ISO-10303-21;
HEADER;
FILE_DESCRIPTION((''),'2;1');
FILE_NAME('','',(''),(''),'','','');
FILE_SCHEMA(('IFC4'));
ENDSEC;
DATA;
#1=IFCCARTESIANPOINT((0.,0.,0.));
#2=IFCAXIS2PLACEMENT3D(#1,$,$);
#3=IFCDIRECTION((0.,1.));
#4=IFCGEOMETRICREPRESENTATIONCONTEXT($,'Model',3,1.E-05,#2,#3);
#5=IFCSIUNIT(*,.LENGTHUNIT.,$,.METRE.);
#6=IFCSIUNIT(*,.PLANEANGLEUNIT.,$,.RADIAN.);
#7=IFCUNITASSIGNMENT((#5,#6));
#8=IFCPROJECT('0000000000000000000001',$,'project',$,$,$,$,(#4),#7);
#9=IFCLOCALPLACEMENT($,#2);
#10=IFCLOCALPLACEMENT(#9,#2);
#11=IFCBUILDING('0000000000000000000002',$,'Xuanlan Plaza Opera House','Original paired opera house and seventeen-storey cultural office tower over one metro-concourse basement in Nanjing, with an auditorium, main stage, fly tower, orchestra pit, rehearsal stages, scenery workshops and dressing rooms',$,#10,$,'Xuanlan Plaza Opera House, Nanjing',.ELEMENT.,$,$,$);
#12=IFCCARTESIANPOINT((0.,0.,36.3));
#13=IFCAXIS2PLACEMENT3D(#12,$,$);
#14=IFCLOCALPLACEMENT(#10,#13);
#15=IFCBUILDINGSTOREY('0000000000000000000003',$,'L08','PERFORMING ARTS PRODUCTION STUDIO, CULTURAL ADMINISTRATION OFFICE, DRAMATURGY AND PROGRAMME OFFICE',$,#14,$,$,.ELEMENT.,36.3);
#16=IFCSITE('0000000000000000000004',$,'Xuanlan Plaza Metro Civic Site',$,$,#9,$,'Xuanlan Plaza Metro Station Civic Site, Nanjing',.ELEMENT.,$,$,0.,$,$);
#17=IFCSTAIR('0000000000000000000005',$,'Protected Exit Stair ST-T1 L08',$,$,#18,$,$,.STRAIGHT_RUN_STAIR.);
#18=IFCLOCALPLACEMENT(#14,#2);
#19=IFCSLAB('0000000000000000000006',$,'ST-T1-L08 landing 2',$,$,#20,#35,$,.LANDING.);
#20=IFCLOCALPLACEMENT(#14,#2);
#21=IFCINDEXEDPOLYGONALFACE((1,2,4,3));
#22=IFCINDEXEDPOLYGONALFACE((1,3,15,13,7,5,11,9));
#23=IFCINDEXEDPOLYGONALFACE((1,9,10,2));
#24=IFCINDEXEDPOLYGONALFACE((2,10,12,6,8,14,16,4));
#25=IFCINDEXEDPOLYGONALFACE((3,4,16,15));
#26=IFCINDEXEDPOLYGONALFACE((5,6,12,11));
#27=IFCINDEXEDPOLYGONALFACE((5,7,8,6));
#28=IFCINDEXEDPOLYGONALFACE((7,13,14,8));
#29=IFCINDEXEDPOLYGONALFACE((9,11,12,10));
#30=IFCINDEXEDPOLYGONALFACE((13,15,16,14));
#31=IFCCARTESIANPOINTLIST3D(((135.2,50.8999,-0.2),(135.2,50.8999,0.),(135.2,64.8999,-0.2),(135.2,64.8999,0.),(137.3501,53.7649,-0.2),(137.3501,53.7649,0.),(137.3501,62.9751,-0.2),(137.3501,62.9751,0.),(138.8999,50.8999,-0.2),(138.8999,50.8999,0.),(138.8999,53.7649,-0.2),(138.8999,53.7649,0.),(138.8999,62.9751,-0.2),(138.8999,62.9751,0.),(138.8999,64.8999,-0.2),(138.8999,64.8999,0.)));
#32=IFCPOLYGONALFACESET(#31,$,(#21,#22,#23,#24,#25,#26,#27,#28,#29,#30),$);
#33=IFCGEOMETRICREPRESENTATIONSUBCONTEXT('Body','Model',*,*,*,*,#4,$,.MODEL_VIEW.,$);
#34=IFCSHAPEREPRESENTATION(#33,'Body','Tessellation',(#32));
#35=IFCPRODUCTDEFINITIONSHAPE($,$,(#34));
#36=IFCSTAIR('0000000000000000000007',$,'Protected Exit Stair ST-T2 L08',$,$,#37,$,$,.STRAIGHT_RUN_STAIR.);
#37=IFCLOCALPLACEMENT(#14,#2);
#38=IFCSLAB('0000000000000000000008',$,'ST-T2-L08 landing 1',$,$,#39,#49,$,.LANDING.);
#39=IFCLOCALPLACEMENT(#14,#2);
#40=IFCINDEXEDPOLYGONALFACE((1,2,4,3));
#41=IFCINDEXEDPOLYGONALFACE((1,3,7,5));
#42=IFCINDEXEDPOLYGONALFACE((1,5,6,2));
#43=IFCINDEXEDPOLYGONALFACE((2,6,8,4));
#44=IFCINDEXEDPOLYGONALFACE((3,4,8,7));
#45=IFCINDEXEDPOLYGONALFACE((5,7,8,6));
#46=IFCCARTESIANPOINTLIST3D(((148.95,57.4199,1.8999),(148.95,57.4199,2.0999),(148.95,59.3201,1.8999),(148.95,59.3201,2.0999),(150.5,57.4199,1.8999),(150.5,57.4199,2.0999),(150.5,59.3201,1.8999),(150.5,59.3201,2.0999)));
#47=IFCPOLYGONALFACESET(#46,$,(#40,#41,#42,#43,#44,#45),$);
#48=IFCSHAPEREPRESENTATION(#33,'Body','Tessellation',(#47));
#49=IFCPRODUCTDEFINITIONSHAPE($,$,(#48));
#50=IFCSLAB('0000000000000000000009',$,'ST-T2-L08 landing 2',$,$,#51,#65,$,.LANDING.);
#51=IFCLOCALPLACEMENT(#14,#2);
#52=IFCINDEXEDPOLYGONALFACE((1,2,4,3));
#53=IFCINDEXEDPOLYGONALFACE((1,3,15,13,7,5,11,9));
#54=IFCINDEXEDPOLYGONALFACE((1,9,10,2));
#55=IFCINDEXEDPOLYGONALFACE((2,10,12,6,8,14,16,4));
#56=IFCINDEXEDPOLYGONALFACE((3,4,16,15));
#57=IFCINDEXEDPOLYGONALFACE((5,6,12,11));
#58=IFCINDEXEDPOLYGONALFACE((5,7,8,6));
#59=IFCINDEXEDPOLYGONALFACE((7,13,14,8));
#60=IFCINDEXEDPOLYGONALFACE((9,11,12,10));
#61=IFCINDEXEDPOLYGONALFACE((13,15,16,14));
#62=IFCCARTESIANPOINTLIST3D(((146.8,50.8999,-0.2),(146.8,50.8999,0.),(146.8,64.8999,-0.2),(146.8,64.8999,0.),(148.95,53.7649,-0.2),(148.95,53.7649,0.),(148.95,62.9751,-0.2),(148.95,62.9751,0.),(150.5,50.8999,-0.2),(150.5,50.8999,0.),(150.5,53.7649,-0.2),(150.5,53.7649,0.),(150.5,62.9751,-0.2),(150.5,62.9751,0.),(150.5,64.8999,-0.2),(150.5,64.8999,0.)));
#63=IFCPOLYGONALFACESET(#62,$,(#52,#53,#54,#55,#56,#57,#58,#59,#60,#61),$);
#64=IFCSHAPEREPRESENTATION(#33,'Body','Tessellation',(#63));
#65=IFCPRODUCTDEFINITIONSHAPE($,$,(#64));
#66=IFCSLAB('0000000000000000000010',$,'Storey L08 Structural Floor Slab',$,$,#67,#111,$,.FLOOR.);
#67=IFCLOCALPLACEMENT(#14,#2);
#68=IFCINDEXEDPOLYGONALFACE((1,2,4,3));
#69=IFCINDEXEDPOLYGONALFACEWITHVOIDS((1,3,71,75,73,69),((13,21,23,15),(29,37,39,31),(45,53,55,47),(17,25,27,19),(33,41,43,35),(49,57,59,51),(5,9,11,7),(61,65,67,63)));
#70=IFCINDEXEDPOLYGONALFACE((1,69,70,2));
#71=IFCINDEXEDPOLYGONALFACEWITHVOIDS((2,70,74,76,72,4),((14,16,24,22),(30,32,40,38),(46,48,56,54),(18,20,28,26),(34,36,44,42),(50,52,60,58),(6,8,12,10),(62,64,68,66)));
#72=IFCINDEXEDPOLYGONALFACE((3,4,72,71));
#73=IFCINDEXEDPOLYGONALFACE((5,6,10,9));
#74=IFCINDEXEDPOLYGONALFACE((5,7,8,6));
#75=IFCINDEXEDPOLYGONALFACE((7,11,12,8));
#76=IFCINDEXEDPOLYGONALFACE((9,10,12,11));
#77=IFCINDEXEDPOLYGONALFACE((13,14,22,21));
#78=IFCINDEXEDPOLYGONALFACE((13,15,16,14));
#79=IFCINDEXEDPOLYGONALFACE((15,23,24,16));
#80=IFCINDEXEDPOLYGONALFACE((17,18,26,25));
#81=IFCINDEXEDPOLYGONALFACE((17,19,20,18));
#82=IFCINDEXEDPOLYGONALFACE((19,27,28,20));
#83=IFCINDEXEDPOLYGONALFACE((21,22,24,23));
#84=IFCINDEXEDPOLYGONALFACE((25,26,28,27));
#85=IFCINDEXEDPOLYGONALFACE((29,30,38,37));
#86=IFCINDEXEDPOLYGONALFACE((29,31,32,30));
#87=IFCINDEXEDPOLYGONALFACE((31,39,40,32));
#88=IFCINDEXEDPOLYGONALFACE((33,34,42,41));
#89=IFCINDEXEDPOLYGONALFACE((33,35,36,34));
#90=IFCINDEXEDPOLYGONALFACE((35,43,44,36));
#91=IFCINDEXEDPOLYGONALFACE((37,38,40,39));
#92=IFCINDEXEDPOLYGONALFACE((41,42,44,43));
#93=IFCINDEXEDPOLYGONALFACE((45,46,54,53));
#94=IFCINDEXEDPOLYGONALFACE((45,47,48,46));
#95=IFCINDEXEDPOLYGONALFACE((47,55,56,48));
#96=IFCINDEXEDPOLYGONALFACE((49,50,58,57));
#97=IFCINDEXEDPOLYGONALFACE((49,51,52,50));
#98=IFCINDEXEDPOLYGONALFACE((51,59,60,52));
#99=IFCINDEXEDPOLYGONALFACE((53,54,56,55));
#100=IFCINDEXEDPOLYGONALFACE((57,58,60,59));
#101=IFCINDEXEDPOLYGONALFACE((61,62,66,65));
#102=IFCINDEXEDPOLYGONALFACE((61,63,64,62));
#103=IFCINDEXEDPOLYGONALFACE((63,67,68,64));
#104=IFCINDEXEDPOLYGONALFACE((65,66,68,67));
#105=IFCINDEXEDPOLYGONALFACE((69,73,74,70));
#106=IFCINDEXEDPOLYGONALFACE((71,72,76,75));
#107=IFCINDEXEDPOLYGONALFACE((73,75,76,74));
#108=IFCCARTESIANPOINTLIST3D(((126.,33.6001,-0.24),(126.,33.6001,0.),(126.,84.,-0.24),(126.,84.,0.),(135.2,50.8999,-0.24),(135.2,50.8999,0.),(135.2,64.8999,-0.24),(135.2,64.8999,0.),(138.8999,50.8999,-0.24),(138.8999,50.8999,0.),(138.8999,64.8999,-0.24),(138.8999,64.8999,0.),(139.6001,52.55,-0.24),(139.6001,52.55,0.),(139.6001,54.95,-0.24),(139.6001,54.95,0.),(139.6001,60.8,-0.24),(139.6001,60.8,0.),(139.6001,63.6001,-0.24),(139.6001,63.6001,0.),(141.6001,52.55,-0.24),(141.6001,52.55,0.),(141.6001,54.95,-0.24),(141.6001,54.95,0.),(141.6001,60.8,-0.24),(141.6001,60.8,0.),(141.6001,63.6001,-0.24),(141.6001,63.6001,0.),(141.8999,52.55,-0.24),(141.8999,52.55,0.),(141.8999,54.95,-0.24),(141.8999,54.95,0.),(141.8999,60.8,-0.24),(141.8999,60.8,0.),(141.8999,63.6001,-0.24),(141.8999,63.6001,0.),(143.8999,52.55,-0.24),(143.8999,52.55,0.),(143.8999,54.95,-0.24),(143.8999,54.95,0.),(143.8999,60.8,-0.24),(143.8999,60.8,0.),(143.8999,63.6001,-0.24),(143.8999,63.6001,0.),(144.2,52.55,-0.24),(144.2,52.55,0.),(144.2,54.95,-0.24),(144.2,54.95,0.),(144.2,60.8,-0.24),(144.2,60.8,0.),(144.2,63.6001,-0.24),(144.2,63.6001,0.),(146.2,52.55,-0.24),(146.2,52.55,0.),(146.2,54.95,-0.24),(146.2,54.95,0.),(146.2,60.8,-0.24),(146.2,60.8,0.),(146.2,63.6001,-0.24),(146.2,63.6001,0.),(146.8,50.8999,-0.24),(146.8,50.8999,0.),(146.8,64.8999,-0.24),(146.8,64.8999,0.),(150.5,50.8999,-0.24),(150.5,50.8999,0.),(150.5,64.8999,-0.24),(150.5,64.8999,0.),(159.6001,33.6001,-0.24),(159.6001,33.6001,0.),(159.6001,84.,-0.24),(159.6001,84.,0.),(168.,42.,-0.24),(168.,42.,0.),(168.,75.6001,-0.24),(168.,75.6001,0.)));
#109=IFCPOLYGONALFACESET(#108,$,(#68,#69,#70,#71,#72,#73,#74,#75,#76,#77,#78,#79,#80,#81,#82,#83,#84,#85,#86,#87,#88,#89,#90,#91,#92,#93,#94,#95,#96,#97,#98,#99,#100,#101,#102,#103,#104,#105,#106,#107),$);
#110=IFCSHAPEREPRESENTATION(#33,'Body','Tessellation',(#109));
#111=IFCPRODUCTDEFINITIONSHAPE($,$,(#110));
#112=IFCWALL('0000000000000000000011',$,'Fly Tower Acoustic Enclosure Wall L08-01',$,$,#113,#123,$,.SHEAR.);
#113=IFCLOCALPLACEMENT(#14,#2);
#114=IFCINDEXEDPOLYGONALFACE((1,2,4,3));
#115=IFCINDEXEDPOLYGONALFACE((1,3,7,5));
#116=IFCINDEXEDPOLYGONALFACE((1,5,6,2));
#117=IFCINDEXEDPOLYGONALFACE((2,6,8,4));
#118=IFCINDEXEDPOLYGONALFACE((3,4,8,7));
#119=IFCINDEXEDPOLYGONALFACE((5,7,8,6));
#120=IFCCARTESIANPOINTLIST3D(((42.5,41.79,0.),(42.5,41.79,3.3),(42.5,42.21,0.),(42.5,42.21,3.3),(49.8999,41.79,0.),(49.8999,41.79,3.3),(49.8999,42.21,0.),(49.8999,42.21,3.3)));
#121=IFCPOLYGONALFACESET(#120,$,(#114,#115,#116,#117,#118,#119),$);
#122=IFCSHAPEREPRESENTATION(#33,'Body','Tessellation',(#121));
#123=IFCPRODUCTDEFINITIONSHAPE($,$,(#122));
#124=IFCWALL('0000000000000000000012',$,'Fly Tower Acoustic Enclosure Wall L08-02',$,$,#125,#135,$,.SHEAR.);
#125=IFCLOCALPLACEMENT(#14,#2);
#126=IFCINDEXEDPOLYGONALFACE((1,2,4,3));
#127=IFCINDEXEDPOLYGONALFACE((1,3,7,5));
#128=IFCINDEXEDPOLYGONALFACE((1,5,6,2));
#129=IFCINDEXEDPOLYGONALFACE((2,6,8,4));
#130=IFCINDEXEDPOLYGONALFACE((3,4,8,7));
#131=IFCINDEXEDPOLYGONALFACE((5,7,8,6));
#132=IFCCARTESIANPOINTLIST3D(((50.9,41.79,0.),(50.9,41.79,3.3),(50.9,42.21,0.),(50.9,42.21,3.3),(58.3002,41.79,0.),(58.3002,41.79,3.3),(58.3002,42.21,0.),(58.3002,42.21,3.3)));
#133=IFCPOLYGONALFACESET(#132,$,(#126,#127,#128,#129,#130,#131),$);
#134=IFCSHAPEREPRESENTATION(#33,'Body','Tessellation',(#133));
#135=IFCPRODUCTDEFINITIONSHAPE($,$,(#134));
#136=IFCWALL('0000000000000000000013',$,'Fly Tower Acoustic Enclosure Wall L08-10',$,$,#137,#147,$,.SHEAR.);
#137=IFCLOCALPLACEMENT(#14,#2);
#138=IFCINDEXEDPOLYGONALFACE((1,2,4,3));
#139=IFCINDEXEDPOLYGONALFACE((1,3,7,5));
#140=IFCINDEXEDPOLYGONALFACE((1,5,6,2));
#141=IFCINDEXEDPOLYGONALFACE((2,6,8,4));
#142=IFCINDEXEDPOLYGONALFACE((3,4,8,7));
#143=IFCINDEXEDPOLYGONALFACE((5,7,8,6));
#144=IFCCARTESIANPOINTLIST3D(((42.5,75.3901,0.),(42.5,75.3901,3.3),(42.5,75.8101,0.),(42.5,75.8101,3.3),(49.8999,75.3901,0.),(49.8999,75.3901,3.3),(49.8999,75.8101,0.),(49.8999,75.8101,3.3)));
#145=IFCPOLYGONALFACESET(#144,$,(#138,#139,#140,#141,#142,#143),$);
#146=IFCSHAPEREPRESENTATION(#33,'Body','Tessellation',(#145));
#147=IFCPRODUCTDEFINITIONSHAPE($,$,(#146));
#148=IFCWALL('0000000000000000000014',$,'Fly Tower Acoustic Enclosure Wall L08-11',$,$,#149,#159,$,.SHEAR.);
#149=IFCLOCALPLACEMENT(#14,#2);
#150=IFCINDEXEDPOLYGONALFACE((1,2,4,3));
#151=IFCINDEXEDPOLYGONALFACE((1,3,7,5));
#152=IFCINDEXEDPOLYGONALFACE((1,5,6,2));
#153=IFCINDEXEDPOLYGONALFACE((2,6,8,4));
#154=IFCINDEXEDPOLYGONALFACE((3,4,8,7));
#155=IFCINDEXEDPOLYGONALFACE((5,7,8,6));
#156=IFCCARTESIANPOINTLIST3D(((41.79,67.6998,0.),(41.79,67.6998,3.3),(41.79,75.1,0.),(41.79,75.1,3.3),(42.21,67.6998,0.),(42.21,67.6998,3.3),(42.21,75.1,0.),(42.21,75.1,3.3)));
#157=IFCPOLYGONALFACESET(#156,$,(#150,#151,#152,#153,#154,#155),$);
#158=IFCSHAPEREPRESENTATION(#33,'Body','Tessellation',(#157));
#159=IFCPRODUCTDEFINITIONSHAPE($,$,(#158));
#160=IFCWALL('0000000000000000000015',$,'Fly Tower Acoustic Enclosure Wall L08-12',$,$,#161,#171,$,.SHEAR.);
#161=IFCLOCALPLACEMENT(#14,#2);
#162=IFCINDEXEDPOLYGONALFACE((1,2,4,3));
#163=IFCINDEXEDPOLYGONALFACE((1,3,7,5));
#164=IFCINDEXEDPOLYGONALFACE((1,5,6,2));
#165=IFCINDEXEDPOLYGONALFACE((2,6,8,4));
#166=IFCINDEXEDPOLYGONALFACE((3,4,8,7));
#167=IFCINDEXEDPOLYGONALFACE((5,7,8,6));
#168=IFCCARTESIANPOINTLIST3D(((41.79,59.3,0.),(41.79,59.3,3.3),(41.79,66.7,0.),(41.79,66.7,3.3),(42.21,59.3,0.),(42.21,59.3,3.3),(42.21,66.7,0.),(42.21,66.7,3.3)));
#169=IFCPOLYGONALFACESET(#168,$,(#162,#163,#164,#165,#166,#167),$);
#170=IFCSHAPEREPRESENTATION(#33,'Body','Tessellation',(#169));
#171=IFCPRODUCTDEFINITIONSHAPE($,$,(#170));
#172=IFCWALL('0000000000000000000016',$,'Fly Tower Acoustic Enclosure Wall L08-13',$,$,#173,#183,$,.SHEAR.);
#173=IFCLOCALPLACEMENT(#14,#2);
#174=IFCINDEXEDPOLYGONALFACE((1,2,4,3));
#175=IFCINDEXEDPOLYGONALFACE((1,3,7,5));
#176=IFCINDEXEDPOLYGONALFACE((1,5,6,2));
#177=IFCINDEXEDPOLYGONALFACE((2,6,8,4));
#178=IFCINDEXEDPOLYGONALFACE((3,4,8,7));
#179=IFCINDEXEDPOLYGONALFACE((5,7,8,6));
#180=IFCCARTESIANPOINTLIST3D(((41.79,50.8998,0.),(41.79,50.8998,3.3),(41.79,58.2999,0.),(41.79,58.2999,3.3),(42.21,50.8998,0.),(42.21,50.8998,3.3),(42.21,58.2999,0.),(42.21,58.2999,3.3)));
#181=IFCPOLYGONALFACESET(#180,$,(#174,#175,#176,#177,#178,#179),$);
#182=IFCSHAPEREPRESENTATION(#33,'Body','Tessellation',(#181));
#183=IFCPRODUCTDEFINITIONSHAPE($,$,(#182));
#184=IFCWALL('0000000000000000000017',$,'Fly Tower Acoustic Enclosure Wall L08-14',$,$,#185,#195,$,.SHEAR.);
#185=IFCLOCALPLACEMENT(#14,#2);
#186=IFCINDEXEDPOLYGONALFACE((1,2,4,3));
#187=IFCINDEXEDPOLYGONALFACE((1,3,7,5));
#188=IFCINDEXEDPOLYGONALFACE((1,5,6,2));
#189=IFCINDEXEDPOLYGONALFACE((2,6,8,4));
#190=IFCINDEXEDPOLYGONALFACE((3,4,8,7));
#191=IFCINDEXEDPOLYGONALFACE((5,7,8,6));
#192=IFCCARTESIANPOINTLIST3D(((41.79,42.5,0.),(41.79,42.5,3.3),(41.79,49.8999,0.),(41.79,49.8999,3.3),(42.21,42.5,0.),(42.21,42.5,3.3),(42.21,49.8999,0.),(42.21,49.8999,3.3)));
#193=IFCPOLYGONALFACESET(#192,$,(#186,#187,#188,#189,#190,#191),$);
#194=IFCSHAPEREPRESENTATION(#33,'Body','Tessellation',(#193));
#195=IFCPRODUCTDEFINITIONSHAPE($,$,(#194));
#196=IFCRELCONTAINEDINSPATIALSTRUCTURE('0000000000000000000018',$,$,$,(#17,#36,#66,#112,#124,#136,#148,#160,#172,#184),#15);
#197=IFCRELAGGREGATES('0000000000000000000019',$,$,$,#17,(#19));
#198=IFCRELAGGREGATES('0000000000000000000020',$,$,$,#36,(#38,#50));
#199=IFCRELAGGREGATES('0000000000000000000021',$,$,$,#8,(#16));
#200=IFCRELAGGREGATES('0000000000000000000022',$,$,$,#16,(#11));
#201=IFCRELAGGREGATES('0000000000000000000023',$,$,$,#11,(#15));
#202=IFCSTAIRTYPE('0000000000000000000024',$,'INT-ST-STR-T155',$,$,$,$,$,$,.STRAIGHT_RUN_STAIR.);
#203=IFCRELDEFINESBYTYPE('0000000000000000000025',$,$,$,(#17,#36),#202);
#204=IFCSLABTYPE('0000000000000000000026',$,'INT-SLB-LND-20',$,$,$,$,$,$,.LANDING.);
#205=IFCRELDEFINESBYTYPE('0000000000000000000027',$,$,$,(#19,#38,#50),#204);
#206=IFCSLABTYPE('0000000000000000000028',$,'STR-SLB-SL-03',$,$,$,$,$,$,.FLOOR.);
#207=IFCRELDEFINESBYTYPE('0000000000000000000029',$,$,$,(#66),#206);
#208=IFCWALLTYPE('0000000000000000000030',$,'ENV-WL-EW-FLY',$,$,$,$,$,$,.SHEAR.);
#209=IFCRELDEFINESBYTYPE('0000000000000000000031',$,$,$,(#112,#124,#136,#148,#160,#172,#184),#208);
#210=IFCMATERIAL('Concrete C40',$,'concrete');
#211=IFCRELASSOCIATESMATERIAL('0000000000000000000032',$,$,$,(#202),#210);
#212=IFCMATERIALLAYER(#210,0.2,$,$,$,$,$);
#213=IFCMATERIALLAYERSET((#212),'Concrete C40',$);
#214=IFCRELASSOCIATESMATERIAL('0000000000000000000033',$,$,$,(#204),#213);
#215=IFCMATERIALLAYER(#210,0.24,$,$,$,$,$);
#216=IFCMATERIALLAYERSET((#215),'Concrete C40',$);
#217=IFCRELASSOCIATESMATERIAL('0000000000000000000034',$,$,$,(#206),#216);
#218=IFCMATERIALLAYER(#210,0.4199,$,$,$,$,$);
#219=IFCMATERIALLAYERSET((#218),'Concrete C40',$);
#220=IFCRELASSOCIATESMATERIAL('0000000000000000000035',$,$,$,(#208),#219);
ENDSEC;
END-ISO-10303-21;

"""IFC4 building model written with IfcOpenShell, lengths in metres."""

from ifc_helpers import new_model, si_unit, direction, frame, frame_2d, origin, place, context, subcontext, project, spatial, polyline, rectangle, outline, extrude, material, layer, layer_set, type_object, element, aggregate, save


model = new_model("IFC4")

# Units and contexts
model_context = context("Model", 3, precision=1e-05, world=origin(), true_north=direction((0.0, 1.0)))
body_context = subcontext(model_context, "Body", "Model", "MODEL_VIEW")
ifc_project = project(units=[si_unit("LENGTHUNIT", "METRE"), si_unit("PLANEANGLEUNIT", "RADIAN")], contexts=[model_context])

# Site, building, storey
site_placement = place(None, origin())
site = spatial("IfcSite", under=ifc_project, at=site_placement, Name="Xuanlan Plaza Metro Civic Site", LongName="Xuanlan Plaza Metro Station Civic Site, Nanjing", CompositionType="ELEMENT", RefElevation=0.0)
building_placement = place(site_placement, origin())
building = spatial("IfcBuilding", under=site, at=building_placement, Name="Xuanlan Plaza Opera House", Description="Original paired opera house and seventeen-storey cultural office tower over one metro-concourse basement in Nanjing, with an auditorium, main stage, fly tower, orchestra pit, rehearsal stages, scenery workshops and dressing rooms", LongName="Xuanlan Plaza Opera House, Nanjing", CompositionType="ELEMENT")
storey_placement = place(building_placement, frame((0.0, 0.0, 36.3)))
storey = spatial("IfcBuildingStorey", under=building, at=storey_placement, Name="L08", Description="PERFORMING ARTS PRODUCTION STUDIO, CULTURAL ADMINISTRATION OFFICE, DRAMATURGY AND PROGRAMME OFFICE", CompositionType="ELEMENT", Elevation=36.3)

# Shared definitions
ifc_material_1 = material(Name="Concrete C40", Category="concrete")

# Stairs, slabs
stair_type = type_object("IfcStairType", Name="INT-ST-STR-T155", PredefinedType="STRAIGHT_RUN_STAIR", material=ifc_material_1)
stair_1_placement = place(storey_placement, origin())
stair_1 = element("IfcStair", 1, at=stair_1_placement, inside=storey, type_object=stair_type, Name="Protected Exit Stair ST-T1 L08", PredefinedType="STRAIGHT_RUN_STAIR")
ifc_layer_1 = layer(ifc_material_1, 0.2)
ifc_layer_set_1 = layer_set([ifc_layer_1], Name="Concrete C40")
slab_type_1 = type_object("IfcSlabType", Name="INT-SLB-LND-20", PredefinedType="LANDING", material=ifc_layer_set_1)
slab_1_placement = place(storey_placement, frame((0.0, 0.0, -0.2)))
slab_1 = element("IfcSlab", 2, at=slab_1_placement, type_object=slab_type_1, Name="ST-T1-L08 landing 2", PredefinedType="LANDING", context=body_context, shape_type="SweptSolid", body=[
    extrude(outline(polyline([(135.2, 50.8999), (138.8999, 50.8999), (138.8999, 53.7649), (137.3501, 53.7649), (137.3501, 62.9751), (138.8999, 62.9751), (138.8999, 64.8999), (135.2, 64.8999), (135.2, 50.8999)])), origin(), (0.0, 0.0, 1.0), 0.2),
])
aggregate(stair_1, [slab_1])
stair_2_placement = place(storey_placement, origin())
stair_2 = element("IfcStair", 3, at=stair_2_placement, inside=storey, type_object=stair_type, Name="Protected Exit Stair ST-T2 L08", PredefinedType="STRAIGHT_RUN_STAIR")
slab_2_placement = place(storey_placement, frame((0.0, 0.0, 1.8999)))
slab_2 = element("IfcSlab", 4, at=slab_2_placement, type_object=slab_type_1, Name="ST-T2-L08 landing 1", PredefinedType="LANDING", context=body_context, shape_type="SweptSolid", body=[
    extrude(outline(polyline([(148.95, 57.4199), (150.5, 57.4199), (150.5, 59.3201), (148.95, 59.3201), (148.95, 57.4199)])), origin(), (0.0, 0.0, 1.0), 0.2),
])
slab_3_placement = place(storey_placement, frame((0.0, 0.0, -0.2)))
slab_3 = element("IfcSlab", 5, at=slab_3_placement, type_object=slab_type_1, Name="ST-T2-L08 landing 2", PredefinedType="LANDING", context=body_context, shape_type="SweptSolid", body=[
    extrude(outline(polyline([(146.8, 50.8999), (150.5, 50.8999), (150.5, 53.7649), (148.95, 53.7649), (148.95, 62.9751), (150.5, 62.9751), (150.5, 64.8999), (146.8, 64.8999), (146.8, 50.8999)])), origin(), (0.0, 0.0, 1.0), 0.2),
])
aggregate(stair_2, [slab_2, slab_3])

# Slab
ifc_layer_2 = layer(ifc_material_1, 0.24)
ifc_layer_set_2 = layer_set([ifc_layer_2], Name="Concrete C40")
slab_type_2 = type_object("IfcSlabType", Name="STR-SLB-SL-03", PredefinedType="FLOOR", material=ifc_layer_set_2)
slab_4_placement = place(storey_placement, frame((0.0, 0.0, -0.24)))
element("IfcSlab", 6, at=slab_4_placement, inside=storey, type_object=slab_type_2, Name="Storey L08 Structural Floor Slab", PredefinedType="FLOOR", context=body_context, shape_type="SweptSolid", body=[
    extrude(outline(polyline([(126.0, 33.6001), (159.6001, 33.6001), (168.0, 42.0), (168.0, 75.6001), (159.6001, 84.0), (126.0, 84.0), (126.0, 33.6001)]), holes=[polyline([(135.2, 50.8999), (138.8999, 50.8999), (138.8999, 64.8999), (135.2, 64.8999), (135.2, 50.8999)]), polyline([(146.8, 50.8999), (150.5, 50.8999), (150.5, 64.8999), (146.8, 64.8999), (146.8, 50.8999)]), polyline([(139.6001, 60.8), (141.6001, 60.8), (141.6001, 63.6001), (139.6001, 63.6001), (139.6001, 60.8)]), polyline([(141.8999, 60.8), (143.8999, 60.8), (143.8999, 63.6001), (141.8999, 63.6001), (141.8999, 60.8)]), polyline([(144.2, 60.8), (146.2, 60.8), (146.2, 63.6001), (144.2, 63.6001), (144.2, 60.8)]), polyline([(139.6001, 52.55), (141.6001, 52.55), (141.6001, 54.95), (139.6001, 54.95), (139.6001, 52.55)]), polyline([(141.8999, 52.55), (143.8999, 52.55), (143.8999, 54.95), (141.8999, 54.95), (141.8999, 52.55)]), polyline([(144.2, 52.55), (146.2, 52.55), (146.2, 54.95), (144.2, 54.95), (144.2, 52.55)])]), origin(), (0.0, 0.0, 1.0), 0.24),
])

# Walls
ifc_layer_3 = layer(ifc_material_1, 0.4199)
ifc_layer_set_3 = layer_set([ifc_layer_3], Name="Concrete C40")
wall_type = type_object("IfcWallType", Name="ENV-WL-EW-FLY", PredefinedType="SHEAR", material=ifc_layer_set_3)
wall_1_placement = place(storey_placement, frame((42.5, 42.0, 0.0), z_axis=(0.0, 0.0, 1.0), x_axis=(1.0, 0.0, 0.0)))
element("IfcWall", 7, at=wall_1_placement, inside=storey, type_object=wall_type, Name="Fly Tower Acoustic Enclosure Wall L08-01", PredefinedType="SHEAR", context=body_context, shape_type="SweptSolid", body=[
    extrude(rectangle(XDim=7.3999, YDim=0.4199, at=frame_2d((3.7, 0.0))), origin(), (0.0, 0.0, 1.0), 3.3),
])
wall_2_placement = place(storey_placement, frame((50.8999, 42.0, 0.0), z_axis=(0.0, 0.0, 1.0), x_axis=(1.0, 0.0, 0.0)))
element("IfcWall", 8, at=wall_2_placement, inside=storey, type_object=wall_type, Name="Fly Tower Acoustic Enclosure Wall L08-02", PredefinedType="SHEAR", context=body_context, shape_type="SweptSolid", body=[
    extrude(rectangle(XDim=7.4001, YDim=0.4199, at=frame_2d((3.7002, 0.0))), origin(), (0.0, 0.0, 1.0), 3.3),
])
wall_3_placement = place(storey_placement, frame((49.8999, 75.6001, 0.0), z_axis=(0.0, 0.0, 1.0), x_axis=(-1.0, 0.0, 0.0)))
element("IfcWall", 9, at=wall_3_placement, inside=storey, type_object=wall_type, Name="Fly Tower Acoustic Enclosure Wall L08-10", PredefinedType="SHEAR", context=body_context, shape_type="SweptSolid", body=[
    extrude(rectangle(XDim=7.3999, YDim=0.4199, at=frame_2d((3.7, 0.0))), origin(), (0.0, 0.0, 1.0), 3.3),
])
wall_4_placement = place(storey_placement, frame((42.0, 75.1001, 0.0), z_axis=(0.0, 0.0, 1.0), x_axis=(0.0, -1.0, 0.0)))
element("IfcWall", 10, at=wall_4_placement, inside=storey, type_object=wall_type, Name="Fly Tower Acoustic Enclosure Wall L08-11", PredefinedType="SHEAR", context=body_context, shape_type="SweptSolid", body=[
    extrude(rectangle(XDim=7.4001, YDim=0.4199, at=frame_2d((3.7002, 0.0))), origin(), (0.0, 0.0, 1.0), 3.3),
])
wall_5_placement = place(storey_placement, frame((42.0, 66.7, 0.0), z_axis=(0.0, 0.0, 1.0), x_axis=(0.0, -1.0, 0.0)))
element("IfcWall", 11, at=wall_5_placement, inside=storey, type_object=wall_type, Name="Fly Tower Acoustic Enclosure Wall L08-12", PredefinedType="SHEAR", context=body_context, shape_type="SweptSolid", body=[
    extrude(rectangle(XDim=7.3999, YDim=0.4199, at=frame_2d((3.7, 0.0))), origin(), (0.0, 0.0, 1.0), 3.3),
])
wall_6_placement = place(storey_placement, frame((42.0, 58.3, 0.0), z_axis=(0.0, 0.0, 1.0), x_axis=(0.0, -1.0, 0.0)))
element("IfcWall", 12, at=wall_6_placement, inside=storey, type_object=wall_type, Name="Fly Tower Acoustic Enclosure Wall L08-13", PredefinedType="SHEAR", context=body_context, shape_type="SweptSolid", body=[
    extrude(rectangle(XDim=7.4001, YDim=0.4199, at=frame_2d((3.7002, 0.0))), origin(), (0.0, 0.0, 1.0), 3.3),
])
wall_7_placement = place(storey_placement, frame((42.0, 49.8999, 0.0), z_axis=(0.0, 0.0, 1.0), x_axis=(0.0, -1.0, 0.0)))
element("IfcWall", 13, at=wall_7_placement, inside=storey, type_object=wall_type, Name="Fly Tower Acoustic Enclosure Wall L08-14", PredefinedType="SHEAR", context=body_context, shape_type="SweptSolid", body=[
    extrude(rectangle(XDim=7.3999, YDim=0.4199, at=frame_2d((3.7, 0.0))), origin(), (0.0, 0.0, 1.0), 3.3),
])

save(model, "model.ifc")
